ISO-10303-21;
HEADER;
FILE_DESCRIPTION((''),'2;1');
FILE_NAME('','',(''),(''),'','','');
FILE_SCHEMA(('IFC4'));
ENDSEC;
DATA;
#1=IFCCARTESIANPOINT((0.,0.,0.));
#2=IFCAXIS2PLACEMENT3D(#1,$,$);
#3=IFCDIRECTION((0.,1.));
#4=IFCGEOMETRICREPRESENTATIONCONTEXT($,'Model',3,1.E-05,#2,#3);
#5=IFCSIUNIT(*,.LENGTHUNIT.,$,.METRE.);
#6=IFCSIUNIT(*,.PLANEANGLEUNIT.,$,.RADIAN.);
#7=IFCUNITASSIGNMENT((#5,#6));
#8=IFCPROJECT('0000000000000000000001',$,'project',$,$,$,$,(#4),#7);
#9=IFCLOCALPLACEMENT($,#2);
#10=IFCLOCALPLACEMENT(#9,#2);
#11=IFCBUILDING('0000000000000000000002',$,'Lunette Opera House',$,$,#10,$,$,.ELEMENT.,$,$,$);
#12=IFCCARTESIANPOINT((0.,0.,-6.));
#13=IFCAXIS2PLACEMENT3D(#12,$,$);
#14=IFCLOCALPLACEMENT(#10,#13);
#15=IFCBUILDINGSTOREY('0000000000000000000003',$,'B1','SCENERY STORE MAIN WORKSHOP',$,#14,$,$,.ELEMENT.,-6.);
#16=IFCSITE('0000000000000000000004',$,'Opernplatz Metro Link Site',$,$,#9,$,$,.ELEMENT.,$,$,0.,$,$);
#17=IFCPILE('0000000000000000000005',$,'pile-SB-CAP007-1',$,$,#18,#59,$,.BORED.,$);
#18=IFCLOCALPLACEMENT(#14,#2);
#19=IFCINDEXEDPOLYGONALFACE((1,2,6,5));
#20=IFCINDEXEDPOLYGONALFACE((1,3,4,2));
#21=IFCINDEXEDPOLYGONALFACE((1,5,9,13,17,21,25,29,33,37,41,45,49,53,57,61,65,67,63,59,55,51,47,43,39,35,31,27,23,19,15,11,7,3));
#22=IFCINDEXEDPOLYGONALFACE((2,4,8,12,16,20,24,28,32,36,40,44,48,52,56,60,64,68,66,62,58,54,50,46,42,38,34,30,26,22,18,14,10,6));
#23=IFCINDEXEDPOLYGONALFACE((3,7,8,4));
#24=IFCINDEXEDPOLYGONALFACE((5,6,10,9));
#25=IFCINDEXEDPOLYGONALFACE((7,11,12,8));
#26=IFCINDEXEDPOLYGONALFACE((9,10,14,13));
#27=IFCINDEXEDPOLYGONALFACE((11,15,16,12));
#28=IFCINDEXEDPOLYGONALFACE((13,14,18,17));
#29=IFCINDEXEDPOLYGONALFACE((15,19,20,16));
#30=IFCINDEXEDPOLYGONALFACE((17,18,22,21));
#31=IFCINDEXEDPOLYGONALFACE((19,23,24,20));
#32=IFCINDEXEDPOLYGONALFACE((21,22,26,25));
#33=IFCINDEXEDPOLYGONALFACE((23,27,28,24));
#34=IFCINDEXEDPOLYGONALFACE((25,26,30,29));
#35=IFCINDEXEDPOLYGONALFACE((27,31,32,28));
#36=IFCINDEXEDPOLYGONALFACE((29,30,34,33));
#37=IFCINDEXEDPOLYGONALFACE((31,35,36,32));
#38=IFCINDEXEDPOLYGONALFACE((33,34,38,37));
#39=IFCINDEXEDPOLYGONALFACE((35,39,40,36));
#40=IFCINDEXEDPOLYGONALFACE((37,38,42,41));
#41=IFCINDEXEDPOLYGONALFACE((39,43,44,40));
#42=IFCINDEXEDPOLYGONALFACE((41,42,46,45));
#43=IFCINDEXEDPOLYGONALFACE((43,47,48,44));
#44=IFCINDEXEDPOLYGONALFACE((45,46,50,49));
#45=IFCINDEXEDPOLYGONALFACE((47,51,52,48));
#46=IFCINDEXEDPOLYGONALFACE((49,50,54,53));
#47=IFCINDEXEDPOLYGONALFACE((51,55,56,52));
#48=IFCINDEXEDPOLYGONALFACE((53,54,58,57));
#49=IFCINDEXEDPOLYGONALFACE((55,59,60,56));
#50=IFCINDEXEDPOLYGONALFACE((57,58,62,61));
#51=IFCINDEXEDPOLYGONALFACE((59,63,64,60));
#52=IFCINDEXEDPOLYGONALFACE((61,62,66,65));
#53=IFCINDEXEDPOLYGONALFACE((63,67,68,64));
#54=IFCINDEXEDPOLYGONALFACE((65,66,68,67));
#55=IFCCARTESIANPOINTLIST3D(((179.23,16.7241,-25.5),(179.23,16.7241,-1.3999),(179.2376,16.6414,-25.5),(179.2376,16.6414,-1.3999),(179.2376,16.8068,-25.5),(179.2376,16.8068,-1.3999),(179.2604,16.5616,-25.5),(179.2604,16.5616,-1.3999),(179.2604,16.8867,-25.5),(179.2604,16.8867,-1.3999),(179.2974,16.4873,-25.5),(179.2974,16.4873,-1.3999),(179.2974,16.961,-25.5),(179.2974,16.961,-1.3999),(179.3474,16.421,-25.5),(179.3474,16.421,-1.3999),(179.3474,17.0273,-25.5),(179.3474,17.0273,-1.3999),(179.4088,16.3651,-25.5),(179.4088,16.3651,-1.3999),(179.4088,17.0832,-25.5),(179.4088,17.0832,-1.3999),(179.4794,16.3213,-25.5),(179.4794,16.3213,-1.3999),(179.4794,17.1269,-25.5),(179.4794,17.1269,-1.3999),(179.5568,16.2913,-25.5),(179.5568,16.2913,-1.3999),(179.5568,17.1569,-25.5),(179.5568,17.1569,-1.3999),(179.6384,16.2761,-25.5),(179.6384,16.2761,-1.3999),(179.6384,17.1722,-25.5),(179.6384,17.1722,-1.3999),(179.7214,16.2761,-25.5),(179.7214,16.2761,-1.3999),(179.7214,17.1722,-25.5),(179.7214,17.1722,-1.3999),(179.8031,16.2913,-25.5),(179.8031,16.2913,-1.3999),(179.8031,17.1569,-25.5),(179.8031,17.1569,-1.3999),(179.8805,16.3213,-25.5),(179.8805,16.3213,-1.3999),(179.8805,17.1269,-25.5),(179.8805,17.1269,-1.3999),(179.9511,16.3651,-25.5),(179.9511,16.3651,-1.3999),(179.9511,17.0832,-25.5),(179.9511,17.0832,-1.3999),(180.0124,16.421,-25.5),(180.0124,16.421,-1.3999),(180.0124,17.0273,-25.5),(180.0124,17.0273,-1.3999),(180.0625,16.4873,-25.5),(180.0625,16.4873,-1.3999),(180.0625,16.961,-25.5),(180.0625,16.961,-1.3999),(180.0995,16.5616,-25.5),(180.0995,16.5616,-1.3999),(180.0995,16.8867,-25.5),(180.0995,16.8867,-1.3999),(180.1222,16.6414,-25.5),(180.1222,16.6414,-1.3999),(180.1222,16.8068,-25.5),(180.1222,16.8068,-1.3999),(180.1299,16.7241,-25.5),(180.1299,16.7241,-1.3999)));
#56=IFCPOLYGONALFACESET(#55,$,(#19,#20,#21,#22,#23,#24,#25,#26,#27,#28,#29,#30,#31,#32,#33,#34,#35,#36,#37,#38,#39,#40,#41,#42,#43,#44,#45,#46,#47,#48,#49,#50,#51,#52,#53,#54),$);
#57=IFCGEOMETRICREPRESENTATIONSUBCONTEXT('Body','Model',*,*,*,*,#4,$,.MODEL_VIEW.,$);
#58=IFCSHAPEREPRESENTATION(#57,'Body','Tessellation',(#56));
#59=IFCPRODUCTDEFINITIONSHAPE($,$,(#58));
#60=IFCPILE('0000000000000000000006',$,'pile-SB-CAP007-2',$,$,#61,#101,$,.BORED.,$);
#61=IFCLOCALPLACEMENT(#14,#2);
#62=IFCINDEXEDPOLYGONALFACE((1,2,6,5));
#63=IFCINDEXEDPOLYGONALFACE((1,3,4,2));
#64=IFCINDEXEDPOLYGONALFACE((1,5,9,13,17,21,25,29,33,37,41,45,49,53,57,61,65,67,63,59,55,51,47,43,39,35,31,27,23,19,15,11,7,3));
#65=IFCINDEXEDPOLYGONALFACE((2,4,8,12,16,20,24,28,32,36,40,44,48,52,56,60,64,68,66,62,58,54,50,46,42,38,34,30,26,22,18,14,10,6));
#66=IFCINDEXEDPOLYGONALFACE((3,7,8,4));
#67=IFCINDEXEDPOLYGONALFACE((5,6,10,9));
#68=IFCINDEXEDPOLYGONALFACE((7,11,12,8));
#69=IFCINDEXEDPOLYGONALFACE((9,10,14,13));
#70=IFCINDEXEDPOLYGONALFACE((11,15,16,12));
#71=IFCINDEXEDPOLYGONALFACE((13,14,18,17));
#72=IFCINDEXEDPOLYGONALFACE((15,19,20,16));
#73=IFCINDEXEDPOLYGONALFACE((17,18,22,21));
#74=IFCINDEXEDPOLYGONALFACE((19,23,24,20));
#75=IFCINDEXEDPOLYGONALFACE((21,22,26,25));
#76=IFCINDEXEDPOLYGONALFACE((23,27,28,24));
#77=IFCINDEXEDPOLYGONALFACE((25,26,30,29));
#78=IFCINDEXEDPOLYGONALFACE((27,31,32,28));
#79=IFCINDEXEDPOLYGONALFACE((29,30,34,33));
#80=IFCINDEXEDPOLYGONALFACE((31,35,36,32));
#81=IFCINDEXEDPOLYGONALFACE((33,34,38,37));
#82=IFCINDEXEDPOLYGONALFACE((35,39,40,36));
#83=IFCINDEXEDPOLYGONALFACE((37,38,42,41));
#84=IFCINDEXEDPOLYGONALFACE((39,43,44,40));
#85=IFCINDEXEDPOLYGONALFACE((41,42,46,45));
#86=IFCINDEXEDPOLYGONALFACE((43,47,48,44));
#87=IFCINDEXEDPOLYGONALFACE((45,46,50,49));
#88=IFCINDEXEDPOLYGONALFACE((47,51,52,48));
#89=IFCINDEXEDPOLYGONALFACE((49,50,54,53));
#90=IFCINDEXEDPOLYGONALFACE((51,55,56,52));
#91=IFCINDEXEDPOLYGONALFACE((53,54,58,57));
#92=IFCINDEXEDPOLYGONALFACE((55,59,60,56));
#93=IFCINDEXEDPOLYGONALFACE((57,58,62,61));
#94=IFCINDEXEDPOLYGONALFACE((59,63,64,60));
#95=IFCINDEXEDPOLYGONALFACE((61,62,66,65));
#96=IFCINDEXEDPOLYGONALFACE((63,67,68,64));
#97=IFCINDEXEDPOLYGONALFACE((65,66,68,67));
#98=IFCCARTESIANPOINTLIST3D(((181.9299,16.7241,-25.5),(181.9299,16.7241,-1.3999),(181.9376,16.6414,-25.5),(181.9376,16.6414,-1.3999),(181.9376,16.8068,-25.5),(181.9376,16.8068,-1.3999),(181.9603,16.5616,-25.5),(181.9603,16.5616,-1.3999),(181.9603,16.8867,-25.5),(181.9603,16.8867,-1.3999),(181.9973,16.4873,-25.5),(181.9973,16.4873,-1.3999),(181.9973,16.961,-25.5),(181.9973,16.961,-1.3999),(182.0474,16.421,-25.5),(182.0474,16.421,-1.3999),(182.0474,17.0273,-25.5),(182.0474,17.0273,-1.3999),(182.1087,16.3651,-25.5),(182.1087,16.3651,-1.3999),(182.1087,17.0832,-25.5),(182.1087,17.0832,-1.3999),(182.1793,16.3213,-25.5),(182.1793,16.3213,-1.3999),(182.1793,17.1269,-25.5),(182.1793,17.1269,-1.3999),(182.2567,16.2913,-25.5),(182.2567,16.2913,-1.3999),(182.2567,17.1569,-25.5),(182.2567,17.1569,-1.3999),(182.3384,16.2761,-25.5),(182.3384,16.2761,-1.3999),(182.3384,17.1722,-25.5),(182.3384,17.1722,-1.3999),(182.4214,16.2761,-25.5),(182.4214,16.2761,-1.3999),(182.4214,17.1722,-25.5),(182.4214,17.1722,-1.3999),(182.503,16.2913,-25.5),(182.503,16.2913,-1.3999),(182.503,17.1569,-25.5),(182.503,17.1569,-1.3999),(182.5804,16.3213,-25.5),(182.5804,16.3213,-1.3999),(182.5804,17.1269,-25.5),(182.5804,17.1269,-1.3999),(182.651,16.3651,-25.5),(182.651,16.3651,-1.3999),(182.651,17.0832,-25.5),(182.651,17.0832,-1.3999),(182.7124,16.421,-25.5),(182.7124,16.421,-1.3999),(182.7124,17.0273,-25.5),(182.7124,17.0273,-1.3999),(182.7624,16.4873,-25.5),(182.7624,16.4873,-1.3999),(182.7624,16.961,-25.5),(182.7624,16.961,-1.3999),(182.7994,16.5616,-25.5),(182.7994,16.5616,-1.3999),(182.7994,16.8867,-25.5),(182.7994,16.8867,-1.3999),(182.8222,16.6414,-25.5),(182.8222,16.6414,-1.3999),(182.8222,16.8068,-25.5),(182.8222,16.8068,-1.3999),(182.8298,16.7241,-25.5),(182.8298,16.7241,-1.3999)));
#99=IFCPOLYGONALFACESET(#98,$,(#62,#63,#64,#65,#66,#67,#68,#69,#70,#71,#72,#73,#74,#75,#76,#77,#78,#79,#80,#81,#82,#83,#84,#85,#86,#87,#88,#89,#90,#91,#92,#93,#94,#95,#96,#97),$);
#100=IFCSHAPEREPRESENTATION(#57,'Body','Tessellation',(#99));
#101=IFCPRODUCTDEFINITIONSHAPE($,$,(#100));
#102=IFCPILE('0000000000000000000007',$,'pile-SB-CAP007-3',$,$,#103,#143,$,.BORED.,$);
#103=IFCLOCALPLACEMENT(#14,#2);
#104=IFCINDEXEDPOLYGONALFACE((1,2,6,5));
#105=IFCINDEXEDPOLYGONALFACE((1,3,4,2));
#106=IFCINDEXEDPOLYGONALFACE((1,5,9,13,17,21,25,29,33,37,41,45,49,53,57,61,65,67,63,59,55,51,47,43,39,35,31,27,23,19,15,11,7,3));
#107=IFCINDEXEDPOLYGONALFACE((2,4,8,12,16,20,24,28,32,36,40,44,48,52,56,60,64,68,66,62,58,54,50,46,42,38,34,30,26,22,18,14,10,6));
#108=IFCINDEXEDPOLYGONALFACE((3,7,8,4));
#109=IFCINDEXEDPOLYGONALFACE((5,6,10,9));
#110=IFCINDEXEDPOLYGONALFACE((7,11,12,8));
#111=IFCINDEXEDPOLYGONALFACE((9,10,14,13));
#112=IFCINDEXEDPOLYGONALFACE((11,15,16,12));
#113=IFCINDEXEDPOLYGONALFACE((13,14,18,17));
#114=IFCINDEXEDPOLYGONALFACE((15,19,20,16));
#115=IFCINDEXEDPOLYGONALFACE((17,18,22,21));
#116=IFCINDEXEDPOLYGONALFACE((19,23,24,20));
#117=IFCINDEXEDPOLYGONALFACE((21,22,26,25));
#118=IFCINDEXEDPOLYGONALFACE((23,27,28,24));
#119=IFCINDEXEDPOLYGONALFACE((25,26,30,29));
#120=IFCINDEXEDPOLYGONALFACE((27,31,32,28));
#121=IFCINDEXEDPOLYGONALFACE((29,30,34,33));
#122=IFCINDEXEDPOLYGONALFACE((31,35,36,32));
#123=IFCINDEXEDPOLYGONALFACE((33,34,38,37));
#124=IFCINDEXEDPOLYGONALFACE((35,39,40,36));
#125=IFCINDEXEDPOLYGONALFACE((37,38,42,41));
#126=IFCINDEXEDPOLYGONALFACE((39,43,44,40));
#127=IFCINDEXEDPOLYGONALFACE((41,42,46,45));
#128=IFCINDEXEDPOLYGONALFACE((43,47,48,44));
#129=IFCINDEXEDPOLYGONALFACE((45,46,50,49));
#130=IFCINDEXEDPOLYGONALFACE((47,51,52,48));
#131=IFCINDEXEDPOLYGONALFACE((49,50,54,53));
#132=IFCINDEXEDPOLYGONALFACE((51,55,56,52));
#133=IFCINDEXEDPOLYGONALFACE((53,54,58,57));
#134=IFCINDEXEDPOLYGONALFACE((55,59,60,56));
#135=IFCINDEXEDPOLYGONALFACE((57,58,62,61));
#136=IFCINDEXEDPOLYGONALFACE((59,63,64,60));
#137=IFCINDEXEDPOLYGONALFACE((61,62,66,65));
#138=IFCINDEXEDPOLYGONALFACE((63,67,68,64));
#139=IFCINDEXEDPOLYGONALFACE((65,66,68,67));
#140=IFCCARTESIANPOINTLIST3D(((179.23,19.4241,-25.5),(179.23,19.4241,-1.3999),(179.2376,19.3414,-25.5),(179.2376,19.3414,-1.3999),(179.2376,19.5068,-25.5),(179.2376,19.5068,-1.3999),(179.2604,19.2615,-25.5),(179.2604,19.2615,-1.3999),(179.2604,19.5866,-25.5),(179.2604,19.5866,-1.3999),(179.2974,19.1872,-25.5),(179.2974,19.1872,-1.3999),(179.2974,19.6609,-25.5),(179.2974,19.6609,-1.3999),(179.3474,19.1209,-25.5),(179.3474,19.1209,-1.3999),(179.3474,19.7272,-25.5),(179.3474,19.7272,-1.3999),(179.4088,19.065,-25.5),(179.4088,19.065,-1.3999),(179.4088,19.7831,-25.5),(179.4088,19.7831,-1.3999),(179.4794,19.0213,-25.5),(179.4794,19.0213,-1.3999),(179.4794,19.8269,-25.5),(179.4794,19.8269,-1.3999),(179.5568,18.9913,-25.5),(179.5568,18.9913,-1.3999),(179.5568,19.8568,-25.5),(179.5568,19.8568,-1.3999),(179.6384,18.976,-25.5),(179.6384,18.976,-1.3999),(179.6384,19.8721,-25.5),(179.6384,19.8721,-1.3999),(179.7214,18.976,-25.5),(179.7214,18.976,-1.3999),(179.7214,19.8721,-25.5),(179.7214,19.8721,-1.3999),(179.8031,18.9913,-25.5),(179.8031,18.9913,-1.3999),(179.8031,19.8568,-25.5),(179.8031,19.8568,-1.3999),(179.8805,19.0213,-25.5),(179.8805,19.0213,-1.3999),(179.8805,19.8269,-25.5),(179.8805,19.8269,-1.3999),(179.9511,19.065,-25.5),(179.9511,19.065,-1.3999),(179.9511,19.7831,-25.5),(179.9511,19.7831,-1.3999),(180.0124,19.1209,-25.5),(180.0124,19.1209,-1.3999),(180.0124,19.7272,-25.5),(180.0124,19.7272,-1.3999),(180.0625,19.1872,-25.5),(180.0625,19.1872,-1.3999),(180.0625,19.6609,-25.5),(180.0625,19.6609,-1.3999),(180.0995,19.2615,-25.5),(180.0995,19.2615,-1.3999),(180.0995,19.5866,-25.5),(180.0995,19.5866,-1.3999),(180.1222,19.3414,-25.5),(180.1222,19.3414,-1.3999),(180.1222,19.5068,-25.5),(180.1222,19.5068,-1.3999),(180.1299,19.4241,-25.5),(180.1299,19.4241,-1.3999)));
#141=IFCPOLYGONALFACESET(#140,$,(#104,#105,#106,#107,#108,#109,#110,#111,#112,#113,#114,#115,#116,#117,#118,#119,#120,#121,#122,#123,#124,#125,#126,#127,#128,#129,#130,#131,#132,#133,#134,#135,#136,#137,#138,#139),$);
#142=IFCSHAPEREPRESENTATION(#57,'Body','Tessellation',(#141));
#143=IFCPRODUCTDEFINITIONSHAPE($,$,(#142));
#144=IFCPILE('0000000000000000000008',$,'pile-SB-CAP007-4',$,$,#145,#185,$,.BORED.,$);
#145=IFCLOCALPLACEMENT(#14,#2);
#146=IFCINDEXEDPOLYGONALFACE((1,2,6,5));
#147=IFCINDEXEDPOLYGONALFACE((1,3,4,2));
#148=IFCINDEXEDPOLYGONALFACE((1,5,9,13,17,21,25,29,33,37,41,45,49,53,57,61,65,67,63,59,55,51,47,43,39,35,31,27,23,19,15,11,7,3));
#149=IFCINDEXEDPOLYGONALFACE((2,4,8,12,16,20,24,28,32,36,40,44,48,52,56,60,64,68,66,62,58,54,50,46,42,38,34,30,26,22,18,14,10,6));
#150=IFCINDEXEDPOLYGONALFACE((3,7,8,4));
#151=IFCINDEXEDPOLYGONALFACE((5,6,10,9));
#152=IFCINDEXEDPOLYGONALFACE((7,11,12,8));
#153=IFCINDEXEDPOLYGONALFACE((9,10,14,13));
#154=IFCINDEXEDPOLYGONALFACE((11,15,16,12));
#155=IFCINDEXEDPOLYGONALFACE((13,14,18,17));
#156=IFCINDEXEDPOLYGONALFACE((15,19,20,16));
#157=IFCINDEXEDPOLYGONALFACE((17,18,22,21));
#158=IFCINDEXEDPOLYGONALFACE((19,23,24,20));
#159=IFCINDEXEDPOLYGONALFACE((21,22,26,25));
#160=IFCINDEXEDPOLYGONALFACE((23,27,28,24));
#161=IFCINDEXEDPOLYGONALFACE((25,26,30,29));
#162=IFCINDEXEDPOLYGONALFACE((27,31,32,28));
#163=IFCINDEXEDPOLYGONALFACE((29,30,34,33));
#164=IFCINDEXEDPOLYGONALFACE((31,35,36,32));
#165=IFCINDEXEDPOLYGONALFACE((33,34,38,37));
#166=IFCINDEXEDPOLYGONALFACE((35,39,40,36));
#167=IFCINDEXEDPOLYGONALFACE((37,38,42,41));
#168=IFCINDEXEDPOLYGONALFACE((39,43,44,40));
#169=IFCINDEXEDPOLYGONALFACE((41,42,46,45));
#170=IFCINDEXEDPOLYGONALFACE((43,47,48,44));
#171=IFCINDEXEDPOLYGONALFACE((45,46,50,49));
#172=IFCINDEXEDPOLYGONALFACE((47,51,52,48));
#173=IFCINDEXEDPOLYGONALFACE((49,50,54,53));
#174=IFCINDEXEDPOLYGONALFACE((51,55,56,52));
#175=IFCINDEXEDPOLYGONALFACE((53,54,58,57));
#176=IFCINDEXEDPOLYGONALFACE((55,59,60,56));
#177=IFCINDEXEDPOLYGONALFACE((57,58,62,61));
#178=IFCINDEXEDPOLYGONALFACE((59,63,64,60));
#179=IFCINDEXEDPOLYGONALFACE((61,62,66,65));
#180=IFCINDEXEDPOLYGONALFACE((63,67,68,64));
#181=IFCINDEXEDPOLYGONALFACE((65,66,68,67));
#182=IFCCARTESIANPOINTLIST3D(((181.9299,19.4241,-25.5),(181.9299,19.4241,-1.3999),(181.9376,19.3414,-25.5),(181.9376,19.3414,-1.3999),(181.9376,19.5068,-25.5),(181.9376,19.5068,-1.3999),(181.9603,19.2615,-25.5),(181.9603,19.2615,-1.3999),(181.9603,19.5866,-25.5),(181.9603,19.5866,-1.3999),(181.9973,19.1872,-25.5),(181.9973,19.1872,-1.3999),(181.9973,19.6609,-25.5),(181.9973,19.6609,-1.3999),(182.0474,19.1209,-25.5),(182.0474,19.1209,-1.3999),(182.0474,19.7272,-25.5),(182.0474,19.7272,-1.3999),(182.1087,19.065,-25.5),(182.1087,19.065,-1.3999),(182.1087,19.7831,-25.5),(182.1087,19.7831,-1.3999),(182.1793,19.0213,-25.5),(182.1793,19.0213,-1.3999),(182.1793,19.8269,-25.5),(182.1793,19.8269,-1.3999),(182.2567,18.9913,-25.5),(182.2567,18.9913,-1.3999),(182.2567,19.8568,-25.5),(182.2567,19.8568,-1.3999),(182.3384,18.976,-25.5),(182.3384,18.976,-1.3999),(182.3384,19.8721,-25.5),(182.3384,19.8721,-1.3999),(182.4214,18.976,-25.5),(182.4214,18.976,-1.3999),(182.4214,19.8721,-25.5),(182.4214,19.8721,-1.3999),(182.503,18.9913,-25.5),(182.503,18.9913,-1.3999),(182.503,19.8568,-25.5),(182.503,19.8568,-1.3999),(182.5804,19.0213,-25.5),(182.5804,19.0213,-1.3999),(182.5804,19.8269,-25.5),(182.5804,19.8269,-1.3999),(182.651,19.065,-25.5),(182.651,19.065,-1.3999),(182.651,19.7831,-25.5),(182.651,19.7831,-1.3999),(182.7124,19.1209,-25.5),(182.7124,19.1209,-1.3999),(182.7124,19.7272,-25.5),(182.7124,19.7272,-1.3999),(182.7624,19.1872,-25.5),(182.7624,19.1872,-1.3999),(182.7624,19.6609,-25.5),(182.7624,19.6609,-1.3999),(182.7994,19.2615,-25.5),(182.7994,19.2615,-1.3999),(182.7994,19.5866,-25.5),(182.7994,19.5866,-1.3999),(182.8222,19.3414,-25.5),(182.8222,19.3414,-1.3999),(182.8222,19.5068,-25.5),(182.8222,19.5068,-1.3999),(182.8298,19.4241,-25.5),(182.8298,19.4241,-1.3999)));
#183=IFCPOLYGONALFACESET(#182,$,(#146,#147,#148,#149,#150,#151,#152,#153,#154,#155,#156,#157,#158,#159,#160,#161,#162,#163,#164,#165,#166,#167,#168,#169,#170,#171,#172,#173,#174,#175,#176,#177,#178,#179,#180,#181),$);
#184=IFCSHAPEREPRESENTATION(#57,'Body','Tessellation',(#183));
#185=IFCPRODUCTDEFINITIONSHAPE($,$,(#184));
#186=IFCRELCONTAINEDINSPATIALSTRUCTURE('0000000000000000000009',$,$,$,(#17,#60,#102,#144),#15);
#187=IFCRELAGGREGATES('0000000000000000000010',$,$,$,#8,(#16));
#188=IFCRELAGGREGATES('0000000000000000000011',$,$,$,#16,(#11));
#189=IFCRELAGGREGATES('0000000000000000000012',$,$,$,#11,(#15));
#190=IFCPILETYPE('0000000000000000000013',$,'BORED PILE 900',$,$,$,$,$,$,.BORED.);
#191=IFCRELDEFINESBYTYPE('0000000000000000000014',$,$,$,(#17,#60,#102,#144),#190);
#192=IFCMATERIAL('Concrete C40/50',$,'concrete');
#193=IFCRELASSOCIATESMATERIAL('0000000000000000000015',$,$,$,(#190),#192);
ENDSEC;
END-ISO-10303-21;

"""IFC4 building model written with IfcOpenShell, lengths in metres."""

from ifc_helpers import new_model, si_unit, direction, frame, origin, origin_2d, place, context, subcontext, project, spatial, circle, extrude, material, material_profile, profile_set, type_object, element, save


model = new_model("IFC4")

# Units and contexts
model_context = context("Model", 3, precision=1e-05, world=origin(), true_north=direction((0.0, 1.0)))
body_context = subcontext(model_context, "Body", "Model", "MODEL_VIEW")
ifc_project = project(units=[si_unit("LENGTHUNIT", "METRE"), si_unit("PLANEANGLEUNIT", "RADIAN")], contexts=[model_context])

# Site, building, storey
site_placement = place(None, origin())
site = spatial("IfcSite", under=ifc_project, at=site_placement, Name="Opernplatz Metro Link Site", CompositionType="ELEMENT", RefElevation=0.0)
building_placement = place(site_placement, origin())
building = spatial("IfcBuilding", under=site, at=building_placement, Name="Lunette Opera House", CompositionType="ELEMENT")
storey_placement = place(building_placement, frame((0.0, 0.0, -6.0)))
storey = spatial("IfcBuildingStorey", under=building, at=storey_placement, Name="B1", Description="SCENERY STORE MAIN WORKSHOP", CompositionType="ELEMENT", Elevation=-6.0)

# Piles
ifc_material_1 = material(Name="Concrete C40/50", Category="concrete")
ifc_material_profile_1 = material_profile(ifc_material_1, circle(Radius=0.45, at=origin_2d()), Name="BORED PILE 900")
ifc_profile_set_1 = profile_set([ifc_material_profile_1], Name="Concrete C40/50")
pile_type = type_object("IfcPileType", Name="BORED PILE 900", PredefinedType="BORED", material=ifc_profile_set_1)
for number, where, z_axis, x_axis, name in (
    (1, (179.6799, 16.7241, -1.3999), (0.0, 0.0, -1.0), (1.0, 0.0, 0.0), "pile-SB-CAP007-1"),
    (2, (182.3799, 16.7241, -1.3999), (0.0, 0.0, -1.0), (1.0, 0.0, 0.0), "pile-SB-CAP007-2"),
    (3, (179.6799, 19.4241, -1.3999), (0.0, 0.0, -1.0), (1.0, 0.0, 0.0), "pile-SB-CAP007-3"),
    (4, (182.3799, 19.4241, -1.3999), (0.0, 0.0, -1.0), (1.0, 0.0, 0.0), "pile-SB-CAP007-4"),
):
    element("IfcPile", number, at=place(storey_placement, frame(where, z_axis=z_axis, x_axis=x_axis)), inside=storey, type_object=pile_type, Name=name, PredefinedType="BORED", context=body_context, shape_type="SweptSolid", body=[
        extrude(circle(Radius=0.45, at=origin_2d()), origin(), (0.0, 0.0, 1.0), 24.1001),
    ])

save(model, "model.ifc")
